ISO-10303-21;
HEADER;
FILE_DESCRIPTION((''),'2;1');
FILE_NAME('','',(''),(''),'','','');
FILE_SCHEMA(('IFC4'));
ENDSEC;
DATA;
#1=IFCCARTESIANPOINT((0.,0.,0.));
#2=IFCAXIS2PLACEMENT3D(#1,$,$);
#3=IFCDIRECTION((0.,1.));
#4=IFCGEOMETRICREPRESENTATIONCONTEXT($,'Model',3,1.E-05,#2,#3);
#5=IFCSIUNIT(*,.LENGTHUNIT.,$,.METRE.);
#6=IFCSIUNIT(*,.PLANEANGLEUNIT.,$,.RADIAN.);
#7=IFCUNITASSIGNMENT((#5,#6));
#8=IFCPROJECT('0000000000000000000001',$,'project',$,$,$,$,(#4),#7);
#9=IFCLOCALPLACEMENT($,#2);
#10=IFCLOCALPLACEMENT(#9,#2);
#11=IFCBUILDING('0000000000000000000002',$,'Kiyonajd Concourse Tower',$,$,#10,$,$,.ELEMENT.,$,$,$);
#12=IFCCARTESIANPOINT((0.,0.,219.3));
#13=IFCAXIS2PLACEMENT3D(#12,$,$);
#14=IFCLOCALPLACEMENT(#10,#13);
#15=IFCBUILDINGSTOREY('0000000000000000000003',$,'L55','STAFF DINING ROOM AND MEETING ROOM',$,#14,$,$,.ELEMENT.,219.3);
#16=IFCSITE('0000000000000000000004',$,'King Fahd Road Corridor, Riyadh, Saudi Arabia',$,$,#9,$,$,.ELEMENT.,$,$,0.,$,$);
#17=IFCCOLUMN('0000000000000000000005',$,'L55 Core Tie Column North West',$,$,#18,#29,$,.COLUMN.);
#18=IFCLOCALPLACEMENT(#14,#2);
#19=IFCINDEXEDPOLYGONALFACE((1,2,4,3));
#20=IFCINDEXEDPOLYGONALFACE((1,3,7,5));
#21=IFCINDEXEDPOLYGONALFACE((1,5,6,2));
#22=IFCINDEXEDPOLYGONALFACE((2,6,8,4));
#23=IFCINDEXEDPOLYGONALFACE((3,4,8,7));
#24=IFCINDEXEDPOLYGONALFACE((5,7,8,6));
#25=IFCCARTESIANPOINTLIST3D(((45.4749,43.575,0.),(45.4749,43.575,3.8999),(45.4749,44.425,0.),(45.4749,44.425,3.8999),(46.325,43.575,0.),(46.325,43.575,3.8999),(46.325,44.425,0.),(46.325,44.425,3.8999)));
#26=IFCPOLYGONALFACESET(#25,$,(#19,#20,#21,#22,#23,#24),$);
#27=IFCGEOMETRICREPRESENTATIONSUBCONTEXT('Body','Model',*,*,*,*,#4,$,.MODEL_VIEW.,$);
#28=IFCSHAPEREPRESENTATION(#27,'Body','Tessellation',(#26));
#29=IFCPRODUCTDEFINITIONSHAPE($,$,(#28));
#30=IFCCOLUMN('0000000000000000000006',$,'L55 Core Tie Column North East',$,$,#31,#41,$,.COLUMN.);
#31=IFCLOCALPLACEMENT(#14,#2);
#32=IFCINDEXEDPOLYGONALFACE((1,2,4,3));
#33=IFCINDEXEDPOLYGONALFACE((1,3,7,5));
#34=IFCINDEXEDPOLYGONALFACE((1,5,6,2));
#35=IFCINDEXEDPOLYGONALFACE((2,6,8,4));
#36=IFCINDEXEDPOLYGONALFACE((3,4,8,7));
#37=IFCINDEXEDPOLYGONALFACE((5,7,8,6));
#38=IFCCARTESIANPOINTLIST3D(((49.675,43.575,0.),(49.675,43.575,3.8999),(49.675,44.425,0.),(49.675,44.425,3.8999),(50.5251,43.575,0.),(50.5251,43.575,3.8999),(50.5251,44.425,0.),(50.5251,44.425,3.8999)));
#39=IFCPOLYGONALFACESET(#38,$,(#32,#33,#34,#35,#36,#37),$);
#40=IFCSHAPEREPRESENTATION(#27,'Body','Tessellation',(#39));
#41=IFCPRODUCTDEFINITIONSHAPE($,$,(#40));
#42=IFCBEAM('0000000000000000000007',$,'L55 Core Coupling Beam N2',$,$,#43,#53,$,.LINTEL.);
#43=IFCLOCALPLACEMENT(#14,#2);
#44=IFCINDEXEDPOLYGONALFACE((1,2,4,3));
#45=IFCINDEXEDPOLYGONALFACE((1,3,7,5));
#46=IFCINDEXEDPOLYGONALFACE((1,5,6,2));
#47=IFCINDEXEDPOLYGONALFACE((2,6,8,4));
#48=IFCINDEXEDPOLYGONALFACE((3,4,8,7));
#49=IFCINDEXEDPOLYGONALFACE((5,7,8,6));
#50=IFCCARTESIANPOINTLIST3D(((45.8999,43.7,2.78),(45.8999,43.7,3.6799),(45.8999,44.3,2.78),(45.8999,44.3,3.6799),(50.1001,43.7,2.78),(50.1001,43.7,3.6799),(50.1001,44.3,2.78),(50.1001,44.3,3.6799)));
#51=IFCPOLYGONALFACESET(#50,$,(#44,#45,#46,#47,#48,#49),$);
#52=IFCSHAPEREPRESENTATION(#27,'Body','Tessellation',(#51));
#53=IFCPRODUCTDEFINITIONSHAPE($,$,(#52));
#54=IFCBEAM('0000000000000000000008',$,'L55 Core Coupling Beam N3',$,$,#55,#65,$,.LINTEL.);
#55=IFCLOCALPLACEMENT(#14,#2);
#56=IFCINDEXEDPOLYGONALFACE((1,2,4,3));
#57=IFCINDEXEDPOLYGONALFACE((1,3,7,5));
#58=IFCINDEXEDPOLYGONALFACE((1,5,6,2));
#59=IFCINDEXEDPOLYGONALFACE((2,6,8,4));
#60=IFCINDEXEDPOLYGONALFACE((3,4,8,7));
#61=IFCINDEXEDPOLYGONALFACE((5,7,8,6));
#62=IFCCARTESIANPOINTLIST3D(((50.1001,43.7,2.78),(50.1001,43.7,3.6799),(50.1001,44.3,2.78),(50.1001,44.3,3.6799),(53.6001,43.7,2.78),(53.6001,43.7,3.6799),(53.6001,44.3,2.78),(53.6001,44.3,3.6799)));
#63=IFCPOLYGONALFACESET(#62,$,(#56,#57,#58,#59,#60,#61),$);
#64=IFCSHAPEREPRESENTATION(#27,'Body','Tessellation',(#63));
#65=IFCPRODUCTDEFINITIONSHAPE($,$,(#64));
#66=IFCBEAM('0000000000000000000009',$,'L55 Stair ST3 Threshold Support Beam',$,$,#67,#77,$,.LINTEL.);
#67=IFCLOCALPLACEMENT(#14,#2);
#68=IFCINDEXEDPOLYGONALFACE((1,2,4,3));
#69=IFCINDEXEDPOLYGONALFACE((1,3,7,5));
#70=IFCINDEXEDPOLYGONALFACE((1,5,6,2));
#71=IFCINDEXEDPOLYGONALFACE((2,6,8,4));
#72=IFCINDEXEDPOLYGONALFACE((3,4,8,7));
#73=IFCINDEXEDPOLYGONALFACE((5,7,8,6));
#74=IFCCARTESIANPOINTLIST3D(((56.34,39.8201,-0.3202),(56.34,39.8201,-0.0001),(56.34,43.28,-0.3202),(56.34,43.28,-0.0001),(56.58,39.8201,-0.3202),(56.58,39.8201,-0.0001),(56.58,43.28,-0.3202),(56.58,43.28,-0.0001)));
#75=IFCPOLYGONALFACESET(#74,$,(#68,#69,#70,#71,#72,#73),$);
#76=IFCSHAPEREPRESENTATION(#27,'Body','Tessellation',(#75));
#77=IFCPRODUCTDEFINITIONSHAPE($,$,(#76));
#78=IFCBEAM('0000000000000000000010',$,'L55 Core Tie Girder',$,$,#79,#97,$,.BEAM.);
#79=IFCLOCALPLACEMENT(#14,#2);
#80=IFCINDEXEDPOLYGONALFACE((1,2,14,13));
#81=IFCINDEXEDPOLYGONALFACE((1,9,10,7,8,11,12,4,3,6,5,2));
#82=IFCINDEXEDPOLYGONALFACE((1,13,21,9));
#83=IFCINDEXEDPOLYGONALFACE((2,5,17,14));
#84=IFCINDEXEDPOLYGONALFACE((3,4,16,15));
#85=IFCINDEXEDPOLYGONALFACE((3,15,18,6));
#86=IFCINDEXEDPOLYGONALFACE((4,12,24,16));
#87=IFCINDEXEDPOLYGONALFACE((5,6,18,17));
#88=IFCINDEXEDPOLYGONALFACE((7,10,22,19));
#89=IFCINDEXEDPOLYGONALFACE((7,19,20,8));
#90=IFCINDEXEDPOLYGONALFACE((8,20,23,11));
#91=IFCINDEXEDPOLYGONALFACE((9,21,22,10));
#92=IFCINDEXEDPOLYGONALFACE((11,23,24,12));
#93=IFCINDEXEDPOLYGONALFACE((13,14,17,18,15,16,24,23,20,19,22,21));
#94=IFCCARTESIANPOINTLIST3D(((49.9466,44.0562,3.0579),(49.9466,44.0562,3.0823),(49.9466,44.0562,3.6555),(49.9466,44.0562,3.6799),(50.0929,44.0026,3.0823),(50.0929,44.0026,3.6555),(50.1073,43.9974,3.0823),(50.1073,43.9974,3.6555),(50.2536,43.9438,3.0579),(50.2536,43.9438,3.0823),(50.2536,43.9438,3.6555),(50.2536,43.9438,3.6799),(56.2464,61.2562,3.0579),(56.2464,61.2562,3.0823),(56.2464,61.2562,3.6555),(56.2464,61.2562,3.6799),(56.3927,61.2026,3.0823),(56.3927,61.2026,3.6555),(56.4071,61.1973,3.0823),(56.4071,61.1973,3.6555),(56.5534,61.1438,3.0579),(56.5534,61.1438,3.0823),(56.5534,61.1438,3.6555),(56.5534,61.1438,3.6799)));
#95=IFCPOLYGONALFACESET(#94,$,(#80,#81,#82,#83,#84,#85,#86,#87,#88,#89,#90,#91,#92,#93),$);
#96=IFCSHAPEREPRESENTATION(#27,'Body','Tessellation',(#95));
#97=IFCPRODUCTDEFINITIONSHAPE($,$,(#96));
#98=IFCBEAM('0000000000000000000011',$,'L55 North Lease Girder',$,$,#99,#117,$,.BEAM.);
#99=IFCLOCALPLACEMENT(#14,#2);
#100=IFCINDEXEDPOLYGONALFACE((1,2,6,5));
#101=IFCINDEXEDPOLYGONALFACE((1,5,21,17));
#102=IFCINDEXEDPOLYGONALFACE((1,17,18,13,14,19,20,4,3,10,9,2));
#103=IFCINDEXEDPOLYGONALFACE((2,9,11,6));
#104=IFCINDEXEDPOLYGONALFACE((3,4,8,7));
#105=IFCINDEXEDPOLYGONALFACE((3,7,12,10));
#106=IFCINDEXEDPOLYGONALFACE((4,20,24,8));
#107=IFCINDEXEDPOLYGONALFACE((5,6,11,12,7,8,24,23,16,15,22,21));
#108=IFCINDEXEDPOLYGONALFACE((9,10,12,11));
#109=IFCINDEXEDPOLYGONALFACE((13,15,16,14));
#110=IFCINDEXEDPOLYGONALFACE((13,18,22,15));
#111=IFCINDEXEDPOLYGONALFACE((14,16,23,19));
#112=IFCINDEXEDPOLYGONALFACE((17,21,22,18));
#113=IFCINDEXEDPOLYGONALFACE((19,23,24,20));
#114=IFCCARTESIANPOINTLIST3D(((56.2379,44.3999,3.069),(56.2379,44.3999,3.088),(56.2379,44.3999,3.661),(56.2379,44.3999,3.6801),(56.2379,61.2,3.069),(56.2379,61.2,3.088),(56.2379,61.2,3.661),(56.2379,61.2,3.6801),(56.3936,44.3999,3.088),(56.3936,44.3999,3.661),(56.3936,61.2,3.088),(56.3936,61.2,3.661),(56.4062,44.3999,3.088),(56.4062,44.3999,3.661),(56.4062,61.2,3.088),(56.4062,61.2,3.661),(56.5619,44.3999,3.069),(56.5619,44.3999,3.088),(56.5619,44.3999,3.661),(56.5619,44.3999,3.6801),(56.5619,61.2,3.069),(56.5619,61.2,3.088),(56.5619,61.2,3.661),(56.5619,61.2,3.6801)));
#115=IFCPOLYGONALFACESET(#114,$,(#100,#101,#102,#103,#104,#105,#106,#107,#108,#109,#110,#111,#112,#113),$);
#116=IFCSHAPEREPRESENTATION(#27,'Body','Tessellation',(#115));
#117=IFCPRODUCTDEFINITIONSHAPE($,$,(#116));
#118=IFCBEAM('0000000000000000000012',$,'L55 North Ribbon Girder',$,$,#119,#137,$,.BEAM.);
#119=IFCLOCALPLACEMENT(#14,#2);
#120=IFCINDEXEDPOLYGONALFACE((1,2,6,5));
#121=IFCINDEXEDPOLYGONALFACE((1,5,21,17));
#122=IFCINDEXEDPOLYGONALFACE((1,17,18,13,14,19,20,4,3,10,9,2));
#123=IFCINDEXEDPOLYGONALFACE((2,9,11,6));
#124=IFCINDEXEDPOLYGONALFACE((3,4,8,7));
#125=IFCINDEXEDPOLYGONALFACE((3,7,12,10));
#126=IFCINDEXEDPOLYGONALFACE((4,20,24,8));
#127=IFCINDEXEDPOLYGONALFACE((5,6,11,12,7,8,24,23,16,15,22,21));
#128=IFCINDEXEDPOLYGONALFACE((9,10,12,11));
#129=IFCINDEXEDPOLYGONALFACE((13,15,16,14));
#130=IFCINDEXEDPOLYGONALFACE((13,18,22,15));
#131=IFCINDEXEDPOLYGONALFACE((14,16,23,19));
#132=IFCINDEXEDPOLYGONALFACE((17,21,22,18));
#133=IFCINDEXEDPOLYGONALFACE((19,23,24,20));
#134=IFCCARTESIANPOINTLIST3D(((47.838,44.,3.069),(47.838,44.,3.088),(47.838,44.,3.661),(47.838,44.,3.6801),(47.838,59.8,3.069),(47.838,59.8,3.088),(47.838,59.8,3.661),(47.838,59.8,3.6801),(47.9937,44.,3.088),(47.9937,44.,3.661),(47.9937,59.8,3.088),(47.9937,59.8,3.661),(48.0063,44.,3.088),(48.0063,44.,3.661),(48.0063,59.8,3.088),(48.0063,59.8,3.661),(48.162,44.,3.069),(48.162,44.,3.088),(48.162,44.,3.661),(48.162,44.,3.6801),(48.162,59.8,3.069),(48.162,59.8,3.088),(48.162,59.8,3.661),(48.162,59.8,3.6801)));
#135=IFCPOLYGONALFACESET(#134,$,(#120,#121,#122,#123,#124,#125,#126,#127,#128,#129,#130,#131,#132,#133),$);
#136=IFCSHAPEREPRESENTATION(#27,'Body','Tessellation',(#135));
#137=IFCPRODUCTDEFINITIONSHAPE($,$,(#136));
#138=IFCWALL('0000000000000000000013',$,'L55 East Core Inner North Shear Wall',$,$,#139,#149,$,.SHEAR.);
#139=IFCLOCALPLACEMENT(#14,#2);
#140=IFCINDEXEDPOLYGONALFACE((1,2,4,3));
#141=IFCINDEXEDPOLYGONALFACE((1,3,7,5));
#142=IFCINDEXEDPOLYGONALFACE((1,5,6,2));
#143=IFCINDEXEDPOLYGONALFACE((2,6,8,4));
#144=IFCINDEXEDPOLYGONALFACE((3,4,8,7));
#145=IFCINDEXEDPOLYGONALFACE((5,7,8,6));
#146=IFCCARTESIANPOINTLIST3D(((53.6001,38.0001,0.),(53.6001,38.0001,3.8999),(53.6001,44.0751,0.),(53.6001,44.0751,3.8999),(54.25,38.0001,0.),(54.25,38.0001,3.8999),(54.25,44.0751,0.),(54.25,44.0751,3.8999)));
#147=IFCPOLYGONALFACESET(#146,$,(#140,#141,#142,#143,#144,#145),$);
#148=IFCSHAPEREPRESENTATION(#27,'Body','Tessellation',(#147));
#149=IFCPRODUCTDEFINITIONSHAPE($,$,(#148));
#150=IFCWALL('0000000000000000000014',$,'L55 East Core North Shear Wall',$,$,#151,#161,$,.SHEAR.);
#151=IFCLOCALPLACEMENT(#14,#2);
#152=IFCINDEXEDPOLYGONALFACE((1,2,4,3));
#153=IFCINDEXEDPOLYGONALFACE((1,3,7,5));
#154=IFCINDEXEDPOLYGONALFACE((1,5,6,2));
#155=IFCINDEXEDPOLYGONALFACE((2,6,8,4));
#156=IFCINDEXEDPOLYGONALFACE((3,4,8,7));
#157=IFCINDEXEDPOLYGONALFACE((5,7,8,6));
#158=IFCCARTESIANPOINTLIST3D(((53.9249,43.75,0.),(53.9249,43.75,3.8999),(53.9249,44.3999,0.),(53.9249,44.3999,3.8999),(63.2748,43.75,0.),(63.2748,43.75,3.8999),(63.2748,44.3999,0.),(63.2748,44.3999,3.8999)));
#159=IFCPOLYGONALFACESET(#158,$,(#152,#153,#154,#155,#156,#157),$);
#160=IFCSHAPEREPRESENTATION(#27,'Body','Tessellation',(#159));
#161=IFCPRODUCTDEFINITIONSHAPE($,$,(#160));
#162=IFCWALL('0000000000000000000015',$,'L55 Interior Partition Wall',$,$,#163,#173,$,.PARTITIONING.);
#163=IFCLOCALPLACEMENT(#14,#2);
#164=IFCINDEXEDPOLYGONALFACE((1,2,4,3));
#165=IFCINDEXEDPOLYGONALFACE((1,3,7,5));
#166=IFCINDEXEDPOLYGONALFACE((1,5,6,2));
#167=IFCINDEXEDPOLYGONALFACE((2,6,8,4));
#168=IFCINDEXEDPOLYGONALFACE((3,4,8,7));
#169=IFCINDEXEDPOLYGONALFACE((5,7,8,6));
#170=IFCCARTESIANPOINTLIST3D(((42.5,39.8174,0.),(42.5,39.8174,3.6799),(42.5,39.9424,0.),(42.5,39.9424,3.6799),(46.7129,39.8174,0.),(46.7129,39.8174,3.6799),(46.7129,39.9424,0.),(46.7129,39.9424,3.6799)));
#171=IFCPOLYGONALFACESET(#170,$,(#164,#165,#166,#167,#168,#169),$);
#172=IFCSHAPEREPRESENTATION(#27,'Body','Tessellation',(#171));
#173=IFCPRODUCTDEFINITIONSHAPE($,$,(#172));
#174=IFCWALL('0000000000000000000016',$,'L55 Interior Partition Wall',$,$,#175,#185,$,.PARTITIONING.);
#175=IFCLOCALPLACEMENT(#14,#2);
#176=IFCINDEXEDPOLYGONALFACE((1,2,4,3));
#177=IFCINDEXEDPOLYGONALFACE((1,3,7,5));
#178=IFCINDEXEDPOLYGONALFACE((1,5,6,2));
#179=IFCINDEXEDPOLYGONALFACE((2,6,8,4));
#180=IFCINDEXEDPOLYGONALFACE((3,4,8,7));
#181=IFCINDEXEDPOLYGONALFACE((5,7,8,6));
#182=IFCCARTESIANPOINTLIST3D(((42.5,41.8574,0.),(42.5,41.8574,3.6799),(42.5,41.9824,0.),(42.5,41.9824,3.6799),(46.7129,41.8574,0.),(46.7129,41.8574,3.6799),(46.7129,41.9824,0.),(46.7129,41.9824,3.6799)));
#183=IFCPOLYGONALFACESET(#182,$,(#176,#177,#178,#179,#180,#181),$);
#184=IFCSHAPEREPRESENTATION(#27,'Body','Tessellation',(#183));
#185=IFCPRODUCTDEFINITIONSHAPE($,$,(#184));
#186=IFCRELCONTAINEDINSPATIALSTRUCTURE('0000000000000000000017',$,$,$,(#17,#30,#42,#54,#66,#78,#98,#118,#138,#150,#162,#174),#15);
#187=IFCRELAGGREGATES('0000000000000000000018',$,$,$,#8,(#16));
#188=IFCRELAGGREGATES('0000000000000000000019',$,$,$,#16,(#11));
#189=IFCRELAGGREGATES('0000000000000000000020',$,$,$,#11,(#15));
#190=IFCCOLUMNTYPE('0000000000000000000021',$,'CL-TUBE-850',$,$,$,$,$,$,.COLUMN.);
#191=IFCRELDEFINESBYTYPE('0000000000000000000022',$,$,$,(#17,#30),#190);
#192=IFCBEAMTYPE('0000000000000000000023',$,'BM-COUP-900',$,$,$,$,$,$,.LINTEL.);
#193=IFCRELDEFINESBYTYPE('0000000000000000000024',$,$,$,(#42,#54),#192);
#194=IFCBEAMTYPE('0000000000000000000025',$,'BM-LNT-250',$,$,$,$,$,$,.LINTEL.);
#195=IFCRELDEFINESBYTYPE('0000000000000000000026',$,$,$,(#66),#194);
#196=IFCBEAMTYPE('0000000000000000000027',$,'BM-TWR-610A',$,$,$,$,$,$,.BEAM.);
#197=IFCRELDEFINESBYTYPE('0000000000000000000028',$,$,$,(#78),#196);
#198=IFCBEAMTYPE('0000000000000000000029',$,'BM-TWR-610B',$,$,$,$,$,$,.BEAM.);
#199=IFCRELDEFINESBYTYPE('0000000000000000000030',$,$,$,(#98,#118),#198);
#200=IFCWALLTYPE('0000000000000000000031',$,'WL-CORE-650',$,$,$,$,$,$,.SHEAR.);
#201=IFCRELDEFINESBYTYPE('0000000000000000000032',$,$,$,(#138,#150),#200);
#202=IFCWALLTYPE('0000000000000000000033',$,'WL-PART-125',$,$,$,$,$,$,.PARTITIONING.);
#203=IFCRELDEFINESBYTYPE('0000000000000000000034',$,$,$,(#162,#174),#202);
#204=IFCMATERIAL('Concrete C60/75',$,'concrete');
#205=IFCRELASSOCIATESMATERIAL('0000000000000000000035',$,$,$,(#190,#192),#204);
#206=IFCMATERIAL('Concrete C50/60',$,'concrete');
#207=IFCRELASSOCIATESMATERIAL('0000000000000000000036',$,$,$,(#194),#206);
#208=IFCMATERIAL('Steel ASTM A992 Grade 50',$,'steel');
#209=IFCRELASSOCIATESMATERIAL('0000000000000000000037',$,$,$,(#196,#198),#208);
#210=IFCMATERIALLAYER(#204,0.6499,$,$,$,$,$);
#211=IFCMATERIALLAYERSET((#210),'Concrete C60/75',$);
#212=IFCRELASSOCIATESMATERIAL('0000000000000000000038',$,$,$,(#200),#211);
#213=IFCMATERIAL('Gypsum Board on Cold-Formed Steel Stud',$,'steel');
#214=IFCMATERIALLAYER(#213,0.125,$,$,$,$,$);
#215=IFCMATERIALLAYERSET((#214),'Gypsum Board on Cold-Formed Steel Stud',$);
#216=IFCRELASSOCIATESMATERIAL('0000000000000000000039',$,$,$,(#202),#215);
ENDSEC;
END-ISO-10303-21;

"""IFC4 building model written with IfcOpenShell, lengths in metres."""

from ifc_helpers import new_model, si_unit, direction, frame, frame_2d, origin, origin_2d, place, context, subcontext, project, spatial, rectangle, i_section, extrude, material, layer, layer_set, material_profile, profile_set, type_object, element, save


model = new_model("IFC4")

# Units and contexts
model_context = context("Model", 3, precision=1e-05, world=origin(), true_north=direction((0.0, 1.0)))
body_context = subcontext(model_context, "Body", "Model", "MODEL_VIEW")
ifc_project = project(units=[si_unit("LENGTHUNIT", "METRE"), si_unit("PLANEANGLEUNIT", "RADIAN")], contexts=[model_context])

# Site, building, storey
site_placement = place(None, origin())
site = spatial("IfcSite", under=ifc_project, at=site_placement, Name="King Fahd Road Corridor, Riyadh, Saudi Arabia", CompositionType="ELEMENT", RefElevation=0.0)
building_placement = place(site_placement, origin())
building = spatial("IfcBuilding", under=site, at=building_placement, Name="Kiyonajd Concourse Tower", CompositionType="ELEMENT")
storey_placement = place(building_placement, frame((0.0, 0.0, 219.3)))
storey = spatial("IfcBuildingStorey", under=building, at=storey_placement, Name="L55", Description="STAFF DINING ROOM AND MEETING ROOM", CompositionType="ELEMENT", Elevation=219.3)

# Columns
ifc_material_1 = material(Name="Concrete C60/75", Category="concrete")
ifc_material_profile_1 = material_profile(ifc_material_1, rectangle(XDim=0.8501, YDim=0.8501, at=origin_2d()), Name="RC-850x850")
ifc_profile_set_1 = profile_set([ifc_material_profile_1], Name="Concrete C60/75")
column_type = type_object("IfcColumnType", Name="CL-TUBE-850", PredefinedType="COLUMN", material=ifc_profile_set_1)
for number, where, z_axis, x_axis, name in (
    (1, (45.8999, 44.0, 0.0), (0.0, 0.0, 1.0), (1.0, 0.0, 0.0), "L55 Core Tie Column North West"),
    (2, (50.1001, 44.0, 0.0), (0.0, 0.0, 1.0), (1.0, 0.0, 0.0), "L55 Core Tie Column North East"),
):
    element("IfcColumn", number, at=place(storey_placement, frame(where, z_axis=z_axis, x_axis=x_axis)), inside=storey, type_object=column_type, Name=name, PredefinedType="COLUMN", context=body_context, shape_type="SweptSolid", body=[
        extrude(rectangle(XDim=0.8501, YDim=0.8501, at=origin_2d()), origin(), (0.0, 0.0, 1.0), 3.8999),
    ])

# Beams
ifc_material_profile_2 = material_profile(ifc_material_1, rectangle(XDim=0.6001, YDim=0.8999, at=origin_2d()), Name="RCBM-600x900")
ifc_profile_set_2 = profile_set([ifc_material_profile_2], Name="Concrete C60/75")
beam_type_1 = type_object("IfcBeamType", Name="BM-COUP-900", PredefinedType="LINTEL", material=ifc_profile_set_2)
beam_1_placement = place(storey_placement, frame((45.8999, 44.0, 3.23), z_axis=(1.0, 0.0, 0.0), x_axis=(0.0, 1.0, 0.0)))
element("IfcBeam", 3, at=beam_1_placement, inside=storey, type_object=beam_type_1, Name="L55 Core Coupling Beam N2", PredefinedType="LINTEL", context=body_context, shape_type="SweptSolid", body=[
    extrude(rectangle(XDim=0.6001, YDim=0.8999, at=origin_2d()), origin(), (0.0, 0.0, 1.0), 4.2002),
])
beam_2_placement = place(storey_placement, frame((50.1001, 44.0, 3.23), z_axis=(1.0, 0.0, 0.0), x_axis=(0.0, 1.0, 0.0)))
element("IfcBeam", 4, at=beam_2_placement, inside=storey, type_object=beam_type_1, Name="L55 Core Coupling Beam N3", PredefinedType="LINTEL", context=body_context, shape_type="SweptSolid", body=[
    extrude(rectangle(XDim=0.6001, YDim=0.8999, at=origin_2d()), origin(), (0.0, 0.0, 1.0), 3.5),
])
ifc_material_2 = material(Name="Concrete C50/60", Category="concrete")
ifc_material_profile_3 = material_profile(ifc_material_2, rectangle(XDim=0.24, YDim=0.3201, at=origin_2d()), Name="RCBM-240x320")
ifc_profile_set_3 = profile_set([ifc_material_profile_3], Name="Concrete C50/60")
beam_type_2 = type_object("IfcBeamType", Name="BM-LNT-250", PredefinedType="LINTEL", material=ifc_profile_set_3)
beam_3_placement = place(storey_placement, frame((56.46, 39.8201, -0.1602), z_axis=(0.0, 1.0, 0.0), x_axis=(-1.0, 0.0, 0.0)))
element("IfcBeam", 5, at=beam_3_placement, inside=storey, type_object=beam_type_2, Name="L55 Stair ST3 Threshold Support Beam", PredefinedType="LINTEL", context=body_context, shape_type="SweptSolid", body=[
    extrude(rectangle(XDim=0.24, YDim=0.3201, at=origin_2d()), origin(), (0.0, 0.0, 1.0), 3.46),
])
ifc_material_3 = material(Name="Steel ASTM A992 Grade 50", Category="steel")
ifc_material_profile_4 = material_profile(ifc_material_3, i_section(OverallWidth=0.3269, OverallDepth=0.6221, WebThickness=0.0154, FlangeThickness=0.0244, at=origin_2d()), Name="W610X195")
ifc_profile_set_4 = profile_set([ifc_material_profile_4], Name="Steel ASTM A992 Grade 50")
beam_type_3 = type_object("IfcBeamType", Name="BM-TWR-610A", PredefinedType="BEAM", material=ifc_profile_set_4)
beam_4_placement = place(storey_placement, frame((50.1001, 44.0, 3.3689), z_axis=(0.343925, 0.938997, 0.0), x_axis=(-0.938997, 0.343925, 0.0)))
element("IfcBeam", 6, at=beam_4_placement, inside=storey, type_object=beam_type_3, Name="L55 Core Tie Girder", PredefinedType="BEAM", context=body_context, shape_type="SweptSolid", body=[
    extrude(i_section(OverallWidth=0.3269, OverallDepth=0.6221, WebThickness=0.0154, FlangeThickness=0.0244, at=origin_2d()), origin(), (0.0, 0.0, 1.0), 18.3174),
])
ifc_material_profile_5 = material_profile(ifc_material_3, i_section(OverallWidth=0.324, OverallDepth=0.6111, WebThickness=0.0127, FlangeThickness=0.019, at=origin_2d()), Name="W610X155")
ifc_profile_set_5 = profile_set([ifc_material_profile_5], Name="Steel ASTM A992 Grade 50")
beam_type_4 = type_object("IfcBeamType", Name="BM-TWR-610B", PredefinedType="BEAM", material=ifc_profile_set_5)
beam_5_placement = place(storey_placement, frame((56.3999, 44.3999, 3.3745), z_axis=(0.0, 1.0, 0.0), x_axis=(-1.0, 0.0, 0.0)))
element("IfcBeam", 7, at=beam_5_placement, inside=storey, type_object=beam_type_4, Name="L55 North Lease Girder", PredefinedType="BEAM", context=body_context, shape_type="SweptSolid", body=[
    extrude(i_section(OverallWidth=0.324, OverallDepth=0.6111, WebThickness=0.0127, FlangeThickness=0.019, at=origin_2d()), origin(), (0.0, 0.0, 1.0), 16.8),
])
beam_6_placement = place(storey_placement, frame((48.0, 44.0, 3.3745), z_axis=(0.0, 1.0, 0.0), x_axis=(-1.0, 0.0, 0.0)))
element("IfcBeam", 8, at=beam_6_placement, inside=storey, type_object=beam_type_4, Name="L55 North Ribbon Girder", PredefinedType="BEAM", context=body_context, shape_type="SweptSolid", body=[
    extrude(i_section(OverallWidth=0.324, OverallDepth=0.6111, WebThickness=0.0127, FlangeThickness=0.019, at=origin_2d()), origin(), (0.0, 0.0, 1.0), 15.8),
])

# Walls
ifc_layer_1 = layer(ifc_material_1, 0.6499)
ifc_layer_set_1 = layer_set([ifc_layer_1], Name="Concrete C60/75")
wall_type_1 = type_object("IfcWallType", Name="WL-CORE-650", PredefinedType="SHEAR", material=ifc_layer_set_1)
wall_1_placement = place(storey_placement, frame((53.925, 38.0, 0.0), z_axis=(0.0, 0.0, 1.0), x_axis=(0.0, 1.0, 0.0)))
element("IfcWall", 9, at=wall_1_placement, inside=storey, type_object=wall_type_1, Name="L55 East Core Inner North Shear Wall", PredefinedType="SHEAR", context=body_context, shape_type="SweptSolid", body=[
    extrude(rectangle(XDim=6.075, YDim=0.6499, at=frame_2d((3.0376, 0.0))), origin(), (0.0, 0.0, 1.0), 3.8999),
])
wall_2_placement = place(storey_placement, frame((53.925, 44.075, 0.0), z_axis=(0.0, 0.0, 1.0), x_axis=(1.0, 0.0, 0.0)))
element("IfcWall", 10, at=wall_2_placement, inside=storey, type_object=wall_type_1, Name="L55 East Core North Shear Wall", PredefinedType="SHEAR", context=body_context, shape_type="SweptSolid", body=[
    extrude(rectangle(XDim=9.3499, YDim=0.6499, at=frame_2d((4.6748, 0.0))), origin(), (0.0, 0.0, 1.0), 3.8999),
])
ifc_material_4 = material(Name="Gypsum Board on Cold-Formed Steel Stud", Category="steel")
ifc_layer_2 = layer(ifc_material_4, 0.125)
ifc_layer_set_2 = layer_set([ifc_layer_2], Name="Gypsum Board on Cold-Formed Steel Stud")
wall_type_2 = type_object("IfcWallType", Name="WL-PART-125", PredefinedType="PARTITIONING", material=ifc_layer_set_2)
for number, where, z_axis, x_axis, name in (
    (11, (42.5, 39.8799, 0.0), (0.0, 0.0, 1.0), (1.0, 0.0, 0.0), "L55 Interior Partition Wall"),
    (12, (42.5, 41.9199, 0.0), (0.0, 0.0, 1.0), (1.0, 0.0, 0.0), "L55 Interior Partition Wall"),
):
    element("IfcWall", number, at=place(storey_placement, frame(where, z_axis=z_axis, x_axis=x_axis)), inside=storey, type_object=wall_type_2, Name=name, PredefinedType="PARTITIONING", context=body_context, shape_type="SweptSolid", body=[
        extrude(rectangle(XDim=4.2129, YDim=0.125, at=frame_2d((2.1064, 0.0))), origin(), (0.0, 0.0, 1.0), 3.6799),
    ])

save(model, "model.ifc")
